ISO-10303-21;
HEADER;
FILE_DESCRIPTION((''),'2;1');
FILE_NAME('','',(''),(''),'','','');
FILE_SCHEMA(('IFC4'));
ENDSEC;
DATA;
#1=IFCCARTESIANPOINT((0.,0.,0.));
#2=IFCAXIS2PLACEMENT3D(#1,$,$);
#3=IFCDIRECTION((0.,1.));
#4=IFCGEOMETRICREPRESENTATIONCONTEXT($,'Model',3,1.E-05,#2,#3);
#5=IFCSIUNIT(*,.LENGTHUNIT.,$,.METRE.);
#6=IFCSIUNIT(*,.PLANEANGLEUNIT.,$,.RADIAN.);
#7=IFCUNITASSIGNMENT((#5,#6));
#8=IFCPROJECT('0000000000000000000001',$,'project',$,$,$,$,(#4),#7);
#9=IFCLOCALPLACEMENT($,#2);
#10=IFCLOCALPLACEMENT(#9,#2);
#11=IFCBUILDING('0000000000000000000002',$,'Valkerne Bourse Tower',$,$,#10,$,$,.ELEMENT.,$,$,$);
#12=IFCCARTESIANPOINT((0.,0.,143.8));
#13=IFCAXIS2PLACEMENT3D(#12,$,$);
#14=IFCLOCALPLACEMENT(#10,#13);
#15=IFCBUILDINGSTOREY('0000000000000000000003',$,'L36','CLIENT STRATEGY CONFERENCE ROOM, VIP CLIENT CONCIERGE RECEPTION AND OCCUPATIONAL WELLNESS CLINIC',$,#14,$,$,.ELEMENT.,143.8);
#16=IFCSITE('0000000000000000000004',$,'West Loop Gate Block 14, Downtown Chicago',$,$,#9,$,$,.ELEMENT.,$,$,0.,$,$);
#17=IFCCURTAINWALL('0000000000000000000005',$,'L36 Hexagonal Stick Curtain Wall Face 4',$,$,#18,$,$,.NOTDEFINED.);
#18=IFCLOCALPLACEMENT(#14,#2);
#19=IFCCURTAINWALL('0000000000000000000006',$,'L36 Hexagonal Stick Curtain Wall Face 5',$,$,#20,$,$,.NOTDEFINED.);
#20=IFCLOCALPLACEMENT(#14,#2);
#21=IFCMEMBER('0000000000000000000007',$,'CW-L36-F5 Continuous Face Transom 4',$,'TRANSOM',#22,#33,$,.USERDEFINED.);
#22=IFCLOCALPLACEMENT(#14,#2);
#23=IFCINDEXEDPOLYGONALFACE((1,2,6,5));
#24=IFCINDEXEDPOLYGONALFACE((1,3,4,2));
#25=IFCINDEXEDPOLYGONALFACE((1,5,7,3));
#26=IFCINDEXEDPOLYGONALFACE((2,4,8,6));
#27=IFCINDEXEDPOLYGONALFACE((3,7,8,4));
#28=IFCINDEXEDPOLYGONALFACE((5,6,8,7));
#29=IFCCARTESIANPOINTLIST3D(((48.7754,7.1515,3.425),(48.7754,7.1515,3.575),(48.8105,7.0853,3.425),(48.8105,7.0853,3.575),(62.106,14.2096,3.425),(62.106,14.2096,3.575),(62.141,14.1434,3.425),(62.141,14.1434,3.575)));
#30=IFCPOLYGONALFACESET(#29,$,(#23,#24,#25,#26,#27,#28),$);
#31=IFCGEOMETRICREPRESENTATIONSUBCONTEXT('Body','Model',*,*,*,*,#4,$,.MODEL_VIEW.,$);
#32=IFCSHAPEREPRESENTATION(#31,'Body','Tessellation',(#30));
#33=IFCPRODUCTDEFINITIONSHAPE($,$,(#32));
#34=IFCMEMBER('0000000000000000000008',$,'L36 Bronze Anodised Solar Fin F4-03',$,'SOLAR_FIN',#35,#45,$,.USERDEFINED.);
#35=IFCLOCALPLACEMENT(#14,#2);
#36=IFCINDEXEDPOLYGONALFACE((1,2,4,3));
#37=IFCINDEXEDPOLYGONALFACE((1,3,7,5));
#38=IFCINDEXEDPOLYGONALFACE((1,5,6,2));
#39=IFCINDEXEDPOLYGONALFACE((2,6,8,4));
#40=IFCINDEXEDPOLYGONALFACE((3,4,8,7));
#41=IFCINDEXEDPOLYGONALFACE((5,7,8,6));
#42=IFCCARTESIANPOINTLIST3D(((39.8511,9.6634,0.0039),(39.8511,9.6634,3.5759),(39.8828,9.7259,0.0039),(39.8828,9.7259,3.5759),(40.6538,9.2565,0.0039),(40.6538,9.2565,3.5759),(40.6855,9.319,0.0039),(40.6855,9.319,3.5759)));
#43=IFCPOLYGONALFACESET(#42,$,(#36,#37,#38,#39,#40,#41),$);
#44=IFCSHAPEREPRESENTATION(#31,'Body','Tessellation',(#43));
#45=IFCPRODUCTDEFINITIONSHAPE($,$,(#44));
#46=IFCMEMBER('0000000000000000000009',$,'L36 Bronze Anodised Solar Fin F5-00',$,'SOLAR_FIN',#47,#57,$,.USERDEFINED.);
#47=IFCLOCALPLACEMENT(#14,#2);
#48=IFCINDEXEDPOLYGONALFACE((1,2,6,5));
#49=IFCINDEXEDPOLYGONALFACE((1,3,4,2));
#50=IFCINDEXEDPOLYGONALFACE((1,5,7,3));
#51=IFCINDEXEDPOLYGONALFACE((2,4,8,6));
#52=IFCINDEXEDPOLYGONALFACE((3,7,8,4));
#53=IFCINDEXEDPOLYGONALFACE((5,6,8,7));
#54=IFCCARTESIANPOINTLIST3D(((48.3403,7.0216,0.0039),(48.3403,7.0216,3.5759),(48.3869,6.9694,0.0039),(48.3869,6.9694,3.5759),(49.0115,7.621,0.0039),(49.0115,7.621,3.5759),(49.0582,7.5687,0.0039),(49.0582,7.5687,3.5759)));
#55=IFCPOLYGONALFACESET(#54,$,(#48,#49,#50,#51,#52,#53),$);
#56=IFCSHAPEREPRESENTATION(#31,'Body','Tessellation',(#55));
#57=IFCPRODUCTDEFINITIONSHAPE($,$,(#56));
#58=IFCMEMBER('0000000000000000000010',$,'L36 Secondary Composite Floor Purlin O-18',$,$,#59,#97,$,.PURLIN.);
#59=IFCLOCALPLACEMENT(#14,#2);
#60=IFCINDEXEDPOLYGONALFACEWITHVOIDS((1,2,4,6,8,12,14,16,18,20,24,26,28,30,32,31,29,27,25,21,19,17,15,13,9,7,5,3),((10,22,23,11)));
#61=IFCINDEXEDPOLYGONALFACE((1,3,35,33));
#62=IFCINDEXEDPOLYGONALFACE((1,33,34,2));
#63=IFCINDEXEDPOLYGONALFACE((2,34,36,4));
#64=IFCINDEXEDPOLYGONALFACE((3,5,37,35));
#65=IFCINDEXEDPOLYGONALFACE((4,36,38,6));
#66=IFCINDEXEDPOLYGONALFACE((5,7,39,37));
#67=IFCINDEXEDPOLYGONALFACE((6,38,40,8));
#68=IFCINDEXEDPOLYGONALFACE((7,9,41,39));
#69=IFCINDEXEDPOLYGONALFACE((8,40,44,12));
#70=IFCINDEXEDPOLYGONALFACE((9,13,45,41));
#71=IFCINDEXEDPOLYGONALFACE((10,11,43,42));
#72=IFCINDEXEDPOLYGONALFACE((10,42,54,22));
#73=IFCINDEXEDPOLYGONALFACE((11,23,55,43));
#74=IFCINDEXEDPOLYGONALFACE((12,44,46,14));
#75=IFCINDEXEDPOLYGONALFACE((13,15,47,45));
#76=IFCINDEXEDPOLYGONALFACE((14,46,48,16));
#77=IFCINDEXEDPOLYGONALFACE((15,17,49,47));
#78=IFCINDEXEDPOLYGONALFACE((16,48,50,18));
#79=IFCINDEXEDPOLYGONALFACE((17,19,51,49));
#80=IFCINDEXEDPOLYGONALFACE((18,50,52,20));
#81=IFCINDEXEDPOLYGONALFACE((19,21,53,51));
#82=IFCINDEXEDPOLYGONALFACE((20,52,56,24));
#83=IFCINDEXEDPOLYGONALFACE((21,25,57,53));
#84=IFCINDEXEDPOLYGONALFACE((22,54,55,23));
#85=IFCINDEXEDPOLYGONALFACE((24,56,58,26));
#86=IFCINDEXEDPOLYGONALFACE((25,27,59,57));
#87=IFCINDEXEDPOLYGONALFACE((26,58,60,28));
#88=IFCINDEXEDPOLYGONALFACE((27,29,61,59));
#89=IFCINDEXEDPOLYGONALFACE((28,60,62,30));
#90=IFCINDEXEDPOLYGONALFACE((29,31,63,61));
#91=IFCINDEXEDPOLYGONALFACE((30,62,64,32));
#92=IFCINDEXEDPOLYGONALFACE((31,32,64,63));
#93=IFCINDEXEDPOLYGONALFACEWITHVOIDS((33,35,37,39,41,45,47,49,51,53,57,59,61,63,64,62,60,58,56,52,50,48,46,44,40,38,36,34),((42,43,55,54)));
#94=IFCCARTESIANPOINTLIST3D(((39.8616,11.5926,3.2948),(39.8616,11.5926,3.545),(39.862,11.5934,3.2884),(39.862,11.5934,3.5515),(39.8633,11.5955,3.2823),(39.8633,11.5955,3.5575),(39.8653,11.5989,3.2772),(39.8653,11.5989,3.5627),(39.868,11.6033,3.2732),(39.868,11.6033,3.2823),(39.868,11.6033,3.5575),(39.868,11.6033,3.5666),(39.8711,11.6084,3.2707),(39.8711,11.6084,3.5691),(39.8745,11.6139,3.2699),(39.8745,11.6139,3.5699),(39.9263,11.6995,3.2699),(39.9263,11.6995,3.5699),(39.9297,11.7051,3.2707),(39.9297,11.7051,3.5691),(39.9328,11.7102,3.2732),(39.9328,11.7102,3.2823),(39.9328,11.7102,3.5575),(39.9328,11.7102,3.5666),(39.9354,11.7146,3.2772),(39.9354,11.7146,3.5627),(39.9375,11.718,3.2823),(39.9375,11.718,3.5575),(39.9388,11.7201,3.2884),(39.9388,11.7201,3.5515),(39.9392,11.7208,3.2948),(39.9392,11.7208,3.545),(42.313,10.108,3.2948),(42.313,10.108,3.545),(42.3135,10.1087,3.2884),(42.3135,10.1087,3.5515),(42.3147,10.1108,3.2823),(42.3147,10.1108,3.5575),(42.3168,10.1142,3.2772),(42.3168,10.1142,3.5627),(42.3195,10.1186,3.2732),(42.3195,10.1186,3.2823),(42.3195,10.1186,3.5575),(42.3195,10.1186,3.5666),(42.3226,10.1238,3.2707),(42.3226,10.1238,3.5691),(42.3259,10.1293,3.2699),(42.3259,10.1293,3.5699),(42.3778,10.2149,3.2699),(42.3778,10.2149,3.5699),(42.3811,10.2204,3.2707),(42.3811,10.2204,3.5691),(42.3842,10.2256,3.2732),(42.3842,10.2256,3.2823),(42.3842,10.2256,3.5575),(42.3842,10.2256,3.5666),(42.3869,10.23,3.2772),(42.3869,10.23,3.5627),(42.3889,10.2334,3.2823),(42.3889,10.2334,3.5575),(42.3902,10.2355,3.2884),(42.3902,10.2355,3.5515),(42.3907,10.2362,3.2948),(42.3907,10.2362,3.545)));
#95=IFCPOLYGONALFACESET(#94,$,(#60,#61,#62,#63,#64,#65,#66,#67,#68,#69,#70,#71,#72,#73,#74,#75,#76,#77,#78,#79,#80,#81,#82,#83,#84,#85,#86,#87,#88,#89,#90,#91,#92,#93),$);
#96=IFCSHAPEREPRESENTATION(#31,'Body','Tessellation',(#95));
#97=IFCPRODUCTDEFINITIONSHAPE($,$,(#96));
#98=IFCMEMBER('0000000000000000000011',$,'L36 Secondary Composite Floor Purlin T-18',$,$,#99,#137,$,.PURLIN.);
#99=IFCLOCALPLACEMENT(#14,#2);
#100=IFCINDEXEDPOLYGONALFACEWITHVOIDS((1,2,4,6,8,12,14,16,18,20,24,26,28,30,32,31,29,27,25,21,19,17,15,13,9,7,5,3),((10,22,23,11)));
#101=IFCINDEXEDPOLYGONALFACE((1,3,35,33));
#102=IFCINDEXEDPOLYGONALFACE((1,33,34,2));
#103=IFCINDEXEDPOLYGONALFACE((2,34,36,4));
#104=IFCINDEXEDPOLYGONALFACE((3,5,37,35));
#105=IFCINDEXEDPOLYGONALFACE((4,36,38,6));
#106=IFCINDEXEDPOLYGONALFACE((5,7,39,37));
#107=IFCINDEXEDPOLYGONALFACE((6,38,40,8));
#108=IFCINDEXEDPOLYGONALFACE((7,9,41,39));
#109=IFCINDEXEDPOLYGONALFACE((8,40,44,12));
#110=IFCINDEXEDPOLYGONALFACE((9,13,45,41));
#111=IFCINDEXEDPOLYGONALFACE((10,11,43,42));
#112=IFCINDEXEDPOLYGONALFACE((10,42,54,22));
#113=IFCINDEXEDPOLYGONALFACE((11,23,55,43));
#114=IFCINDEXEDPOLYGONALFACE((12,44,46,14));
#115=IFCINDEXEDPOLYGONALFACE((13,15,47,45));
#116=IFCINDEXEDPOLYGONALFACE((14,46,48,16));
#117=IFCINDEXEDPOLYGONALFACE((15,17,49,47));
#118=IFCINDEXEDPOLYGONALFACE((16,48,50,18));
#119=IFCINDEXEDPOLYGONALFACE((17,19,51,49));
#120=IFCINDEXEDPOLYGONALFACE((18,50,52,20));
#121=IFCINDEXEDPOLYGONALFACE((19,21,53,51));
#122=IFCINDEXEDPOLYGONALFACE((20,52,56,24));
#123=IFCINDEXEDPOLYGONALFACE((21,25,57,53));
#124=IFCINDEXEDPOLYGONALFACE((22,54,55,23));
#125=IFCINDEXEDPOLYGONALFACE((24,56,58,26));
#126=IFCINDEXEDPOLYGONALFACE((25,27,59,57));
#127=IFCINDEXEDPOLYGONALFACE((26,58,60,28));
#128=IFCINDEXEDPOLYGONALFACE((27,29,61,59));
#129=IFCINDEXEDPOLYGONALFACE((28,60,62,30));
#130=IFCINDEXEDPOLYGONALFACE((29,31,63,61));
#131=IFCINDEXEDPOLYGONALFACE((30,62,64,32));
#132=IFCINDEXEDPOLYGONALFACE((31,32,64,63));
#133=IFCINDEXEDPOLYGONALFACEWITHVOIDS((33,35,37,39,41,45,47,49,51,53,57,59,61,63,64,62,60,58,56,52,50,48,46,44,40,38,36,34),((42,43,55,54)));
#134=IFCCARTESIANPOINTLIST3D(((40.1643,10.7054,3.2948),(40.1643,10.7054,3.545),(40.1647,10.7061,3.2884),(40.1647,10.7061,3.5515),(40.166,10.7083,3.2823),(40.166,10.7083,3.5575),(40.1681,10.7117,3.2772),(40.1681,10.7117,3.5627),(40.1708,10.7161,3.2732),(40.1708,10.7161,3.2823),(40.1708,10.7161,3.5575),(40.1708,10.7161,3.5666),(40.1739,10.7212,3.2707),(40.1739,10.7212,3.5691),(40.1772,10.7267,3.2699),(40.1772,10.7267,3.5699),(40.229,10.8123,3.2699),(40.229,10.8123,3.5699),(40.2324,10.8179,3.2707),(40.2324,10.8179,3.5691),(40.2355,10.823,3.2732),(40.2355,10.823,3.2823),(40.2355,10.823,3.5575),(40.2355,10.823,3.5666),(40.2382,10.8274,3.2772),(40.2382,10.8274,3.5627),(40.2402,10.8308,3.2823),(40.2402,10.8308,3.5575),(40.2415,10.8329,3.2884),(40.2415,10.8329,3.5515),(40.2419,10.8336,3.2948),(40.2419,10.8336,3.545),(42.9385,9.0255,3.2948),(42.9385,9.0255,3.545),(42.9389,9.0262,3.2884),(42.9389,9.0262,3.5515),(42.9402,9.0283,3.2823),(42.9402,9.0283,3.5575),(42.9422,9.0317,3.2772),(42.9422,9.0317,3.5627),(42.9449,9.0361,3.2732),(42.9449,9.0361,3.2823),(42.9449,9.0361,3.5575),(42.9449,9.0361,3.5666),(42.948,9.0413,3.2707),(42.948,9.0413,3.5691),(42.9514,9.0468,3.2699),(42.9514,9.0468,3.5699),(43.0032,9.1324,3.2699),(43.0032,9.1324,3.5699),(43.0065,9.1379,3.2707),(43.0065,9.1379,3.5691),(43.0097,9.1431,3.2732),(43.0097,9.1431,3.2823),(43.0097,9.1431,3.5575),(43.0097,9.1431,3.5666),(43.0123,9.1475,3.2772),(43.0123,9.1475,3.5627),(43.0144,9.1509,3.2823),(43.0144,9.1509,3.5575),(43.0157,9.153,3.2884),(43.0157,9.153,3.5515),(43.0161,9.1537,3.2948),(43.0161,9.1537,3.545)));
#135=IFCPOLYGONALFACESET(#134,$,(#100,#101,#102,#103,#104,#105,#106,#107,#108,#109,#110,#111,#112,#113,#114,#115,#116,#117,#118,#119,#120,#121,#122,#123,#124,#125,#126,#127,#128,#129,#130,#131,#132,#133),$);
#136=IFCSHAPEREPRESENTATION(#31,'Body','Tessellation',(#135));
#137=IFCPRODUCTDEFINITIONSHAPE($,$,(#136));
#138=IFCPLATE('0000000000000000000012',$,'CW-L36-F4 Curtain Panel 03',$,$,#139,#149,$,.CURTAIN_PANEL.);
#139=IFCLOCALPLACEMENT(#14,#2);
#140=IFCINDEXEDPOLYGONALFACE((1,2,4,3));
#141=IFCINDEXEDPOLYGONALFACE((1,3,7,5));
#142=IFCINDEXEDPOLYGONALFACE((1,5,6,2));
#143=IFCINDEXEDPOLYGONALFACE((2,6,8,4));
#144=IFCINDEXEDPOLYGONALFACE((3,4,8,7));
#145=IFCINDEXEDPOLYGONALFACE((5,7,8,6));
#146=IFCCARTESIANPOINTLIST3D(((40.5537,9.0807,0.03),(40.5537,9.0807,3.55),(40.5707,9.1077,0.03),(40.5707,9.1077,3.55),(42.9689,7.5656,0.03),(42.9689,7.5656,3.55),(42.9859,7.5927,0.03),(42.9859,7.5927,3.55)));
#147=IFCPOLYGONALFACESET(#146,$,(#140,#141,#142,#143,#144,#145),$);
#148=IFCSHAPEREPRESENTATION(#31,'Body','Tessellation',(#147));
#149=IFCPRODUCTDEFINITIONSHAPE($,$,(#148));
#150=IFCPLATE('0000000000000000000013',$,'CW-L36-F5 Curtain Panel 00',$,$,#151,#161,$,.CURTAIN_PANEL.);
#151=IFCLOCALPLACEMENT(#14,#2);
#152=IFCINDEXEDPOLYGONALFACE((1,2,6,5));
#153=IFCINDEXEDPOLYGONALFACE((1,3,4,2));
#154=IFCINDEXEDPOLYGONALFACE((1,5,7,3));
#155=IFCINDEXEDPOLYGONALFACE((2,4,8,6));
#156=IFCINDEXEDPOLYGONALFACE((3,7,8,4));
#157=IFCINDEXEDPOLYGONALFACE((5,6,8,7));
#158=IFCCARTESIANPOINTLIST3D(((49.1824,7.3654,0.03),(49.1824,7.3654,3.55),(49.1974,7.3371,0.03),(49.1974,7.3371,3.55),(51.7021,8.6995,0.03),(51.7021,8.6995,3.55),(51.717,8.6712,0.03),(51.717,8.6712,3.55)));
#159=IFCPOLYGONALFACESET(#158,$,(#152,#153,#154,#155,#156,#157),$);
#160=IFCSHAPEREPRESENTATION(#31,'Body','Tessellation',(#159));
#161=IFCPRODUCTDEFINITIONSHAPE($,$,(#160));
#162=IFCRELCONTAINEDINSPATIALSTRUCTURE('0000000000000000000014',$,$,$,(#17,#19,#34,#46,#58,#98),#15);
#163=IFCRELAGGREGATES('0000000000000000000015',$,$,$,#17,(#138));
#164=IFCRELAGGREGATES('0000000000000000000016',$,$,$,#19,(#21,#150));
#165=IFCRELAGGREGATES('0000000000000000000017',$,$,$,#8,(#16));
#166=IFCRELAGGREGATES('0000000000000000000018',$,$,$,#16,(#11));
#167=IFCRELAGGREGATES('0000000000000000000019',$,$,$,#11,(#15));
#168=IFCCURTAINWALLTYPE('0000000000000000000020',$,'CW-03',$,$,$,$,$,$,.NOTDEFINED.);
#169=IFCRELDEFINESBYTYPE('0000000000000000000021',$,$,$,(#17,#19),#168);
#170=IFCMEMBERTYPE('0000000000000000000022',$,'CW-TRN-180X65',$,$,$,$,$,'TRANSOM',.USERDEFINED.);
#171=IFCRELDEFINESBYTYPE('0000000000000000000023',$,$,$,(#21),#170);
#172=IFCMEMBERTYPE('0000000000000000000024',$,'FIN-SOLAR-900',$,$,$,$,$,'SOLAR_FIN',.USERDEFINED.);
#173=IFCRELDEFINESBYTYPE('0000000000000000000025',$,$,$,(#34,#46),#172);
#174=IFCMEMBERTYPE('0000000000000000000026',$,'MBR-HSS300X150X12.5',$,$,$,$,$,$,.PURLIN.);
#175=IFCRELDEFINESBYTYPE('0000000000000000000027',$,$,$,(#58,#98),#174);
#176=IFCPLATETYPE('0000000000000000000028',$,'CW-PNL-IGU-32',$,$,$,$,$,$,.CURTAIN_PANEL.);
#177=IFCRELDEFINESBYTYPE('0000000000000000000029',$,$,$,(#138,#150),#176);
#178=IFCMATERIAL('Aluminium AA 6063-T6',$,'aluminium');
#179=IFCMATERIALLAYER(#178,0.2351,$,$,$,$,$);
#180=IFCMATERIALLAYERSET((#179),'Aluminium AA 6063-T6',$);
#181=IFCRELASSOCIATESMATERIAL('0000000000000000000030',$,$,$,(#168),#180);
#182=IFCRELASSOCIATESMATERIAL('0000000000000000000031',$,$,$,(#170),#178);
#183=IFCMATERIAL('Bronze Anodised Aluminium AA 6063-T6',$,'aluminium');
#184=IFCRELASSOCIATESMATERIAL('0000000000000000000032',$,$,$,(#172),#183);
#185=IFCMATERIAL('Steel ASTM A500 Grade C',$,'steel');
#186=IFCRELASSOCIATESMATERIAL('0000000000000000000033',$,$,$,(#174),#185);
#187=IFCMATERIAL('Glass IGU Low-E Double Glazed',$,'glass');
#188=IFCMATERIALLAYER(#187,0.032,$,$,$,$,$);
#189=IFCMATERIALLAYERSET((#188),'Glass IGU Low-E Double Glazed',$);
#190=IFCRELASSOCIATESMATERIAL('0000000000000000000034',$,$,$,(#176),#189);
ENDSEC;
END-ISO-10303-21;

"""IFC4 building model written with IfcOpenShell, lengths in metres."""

from ifc_helpers import new_model, si_unit, direction, frame, origin, origin_2d, place, context, subcontext, project, spatial, rectangle, hollow_rectangle, extrude, material, layer, layer_set, material_profile, profile_set, type_object, element, aggregate, save


model = new_model("IFC4")

# Units and contexts
model_context = context("Model", 3, precision=1e-05, world=origin(), true_north=direction((0.0, 1.0)))
body_context = subcontext(model_context, "Body", "Model", "MODEL_VIEW")
ifc_project = project(units=[si_unit("LENGTHUNIT", "METRE"), si_unit("PLANEANGLEUNIT", "RADIAN")], contexts=[model_context])

# Site, building, storey
site_placement = place(None, origin())
site = spatial("IfcSite", under=ifc_project, at=site_placement, Name="West Loop Gate Block 14, Downtown Chicago", CompositionType="ELEMENT", RefElevation=0.0)
building_placement = place(site_placement, origin())
building = spatial("IfcBuilding", under=site, at=building_placement, Name="Valkerne Bourse Tower", CompositionType="ELEMENT")
storey_placement = place(building_placement, frame((0.0, 0.0, 143.8)))
storey = spatial("IfcBuildingStorey", under=building, at=storey_placement, Name="L36", Description="CLIENT STRATEGY CONFERENCE ROOM, VIP CLIENT CONCIERGE RECEPTION AND OCCUPATIONAL WELLNESS CLINIC", CompositionType="ELEMENT", Elevation=143.8)

# Curtain walls, member
ifc_material_1 = material(Name="Aluminium AA 6063-T6", Category="aluminium")
ifc_layer_1 = layer(ifc_material_1, 0.2351)
ifc_layer_set_1 = layer_set([ifc_layer_1], Name="Aluminium AA 6063-T6")
curtain_wall_type = type_object("IfcCurtainWallType", Name="CW-03", PredefinedType="NOTDEFINED", material=ifc_layer_set_1)
curtain_wall_1_placement = place(storey_placement, origin())
curtain_wall_1 = element("IfcCurtainWall", 1, at=curtain_wall_1_placement, inside=storey, type_object=curtain_wall_type, Name="L36 Hexagonal Stick Curtain Wall Face 4", PredefinedType="NOTDEFINED")
curtain_wall_2_placement = place(storey_placement, origin())
curtain_wall_2 = element("IfcCurtainWall", 2, at=curtain_wall_2_placement, inside=storey, type_object=curtain_wall_type, Name="L36 Hexagonal Stick Curtain Wall Face 5", PredefinedType="NOTDEFINED")
ifc_material_profile_1 = material_profile(ifc_material_1, rectangle(XDim=0.075, YDim=0.1499, at=origin_2d()), Name="CWT-75X150")
ifc_profile_set_1 = profile_set([ifc_material_profile_1], Name="Aluminium AA 6063-T6")
member_type_1 = type_object("IfcMemberType", Name="CW-TRN-180X65", ElementType="TRANSOM", PredefinedType="USERDEFINED", material=ifc_profile_set_1)
member_1_placement = place(storey_placement, frame((48.793, 7.1184, 3.5), z_axis=(0.883767, 0.467926, 0.0), x_axis=(-0.467926, 0.883767, 0.0)))
member_1 = element("IfcMember", 3, at=member_1_placement, type_object=member_type_1, Name="CW-L36-F5 Continuous Face Transom 4", ObjectType="TRANSOM", PredefinedType="USERDEFINED", context=body_context, shape_type="SweptSolid", body=[
    extrude(rectangle(XDim=0.075, YDim=0.1499, at=origin_2d()), origin(), (0.0, 0.0, 1.0), 15.0837),
])

# Members
ifc_material_2 = material(Name="Bronze Anodised Aluminium AA 6063-T6", Category="aluminium")
ifc_material_profile_2 = material_profile(ifc_material_2, rectangle(XDim=0.0701, YDim=0.8999, at=origin_2d()), Name="FIN-70X900")
ifc_profile_set_2 = profile_set([ifc_material_profile_2], Name="Bronze Anodised Aluminium AA 6063-T6")
member_type_2 = type_object("IfcMemberType", Name="FIN-SOLAR-900", ElementType="SOLAR_FIN", PredefinedType="USERDEFINED", material=ifc_profile_set_2)
for number, where, z_axis, x_axis, name in (
    (4, (40.2683, 9.4912, 0.0039), (0.0, 0.0, 1.0), (-0.452093, -0.891971, 0.0), "L36 Bronze Anodised Solar Fin F4-03"),
    (5, (48.6992, 7.2952, 0.0039), (0.0, 0.0, 1.0), (0.666021, -0.745933, 0.0), "L36 Bronze Anodised Solar Fin F5-00"),
):
    element("IfcMember", number, at=place(storey_placement, frame(where, z_axis=z_axis, x_axis=x_axis)), inside=storey, type_object=member_type_2, Name=name, ObjectType="SOLAR_FIN", PredefinedType="USERDEFINED", context=body_context, shape_type="SweptSolid", body=[
        extrude(rectangle(XDim=0.0701, YDim=0.8999, at=origin_2d()), origin(), (0.0, 0.0, 1.0), 3.572),
    ])
ifc_material_3 = material(Name="Steel ASTM A500 Grade C", Category="steel")
ifc_material_profile_3 = material_profile(ifc_material_3, hollow_rectangle(XDim=0.1499, YDim=0.3, WallThickness=0.0125, OuterFilletRadius=0.0249, at=origin_2d()), Name="HSS300X150X12.5")
ifc_profile_set_3 = profile_set([ifc_material_profile_3], Name="Steel ASTM A500 Grade C")
member_type_3 = type_object("IfcMemberType", Name="MBR-HSS300X150X12.5", PredefinedType="PURLIN", material=ifc_profile_set_3)
member_2_placement = place(storey_placement, frame((39.9004, 11.6567, 3.4199), z_axis=(0.855366, -0.518024, 0.0), x_axis=(0.518024, 0.855366, 0.0)))
element("IfcMember", 6, at=member_2_placement, inside=storey, type_object=member_type_3, Name="L36 Secondary Composite Floor Purlin O-18", PredefinedType="PURLIN", context=body_context, shape_type="SweptSolid", body=[
    extrude(hollow_rectangle(XDim=0.1499, YDim=0.3, WallThickness=0.0125, OuterFilletRadius=0.0249, at=origin_2d()), origin(), (0.0, 0.0, 1.0), 2.866),
])
member_3_placement = place(storey_placement, frame((40.2031, 10.7695, 3.4199), z_axis=(0.855387, -0.51799, 0.0), x_axis=(0.51799, 0.855387, 0.0)))
element("IfcMember", 7, at=member_3_placement, inside=storey, type_object=member_type_3, Name="L36 Secondary Composite Floor Purlin T-18", PredefinedType="PURLIN", context=body_context, shape_type="SweptSolid", body=[
    extrude(hollow_rectangle(XDim=0.1499, YDim=0.3, WallThickness=0.0125, OuterFilletRadius=0.0249, at=origin_2d()), origin(), (0.0, 0.0, 1.0), 3.2432),
])

# Plates
ifc_material_4 = material(Name="Glass IGU Low-E Double Glazed", Category="glass")
ifc_layer_2 = layer(ifc_material_4, 0.032)
ifc_layer_set_2 = layer_set([ifc_layer_2], Name="Glass IGU Low-E Double Glazed")
plate_type = type_object("IfcPlateType", Name="CW-PNL-IGU-32", PredefinedType="CURTAIN_PANEL", material=ifc_layer_set_2)
plate_1_placement = place(storey_placement, frame((41.7698, 8.3367, 0.03), z_axis=(0.0, 0.0, 1.0), x_axis=(0.847123, -0.531397, 0.0)))
plate_1 = element("IfcPlate", 8, at=plate_1_placement, type_object=plate_type, Name="CW-L36-F4 Curtain Panel 03", PredefinedType="CURTAIN_PANEL", context=body_context, shape_type="SweptSolid", body=[
    extrude(rectangle(XDim=2.8511, YDim=0.032, at=origin_2d()), origin(), (0.0, 0.0, 1.0), 3.52),
])
aggregate(curtain_wall_1, [plate_1])
plate_2_placement = place(storey_placement, frame((50.4497, 8.0183, 0.03), z_axis=(0.0, 0.0, 1.0), x_axis=(0.883763, 0.467935, 0.0)))
plate_2 = element("IfcPlate", 9, at=plate_2_placement, type_object=plate_type, Name="CW-L36-F5 Curtain Panel 00", PredefinedType="CURTAIN_PANEL", context=body_context, shape_type="SweptSolid", body=[
    extrude(rectangle(XDim=2.8511, YDim=0.032, at=origin_2d()), origin(), (0.0, 0.0, 1.0), 3.52),
])
aggregate(curtain_wall_2, [member_1, plate_2])

save(model, "model.ifc")
